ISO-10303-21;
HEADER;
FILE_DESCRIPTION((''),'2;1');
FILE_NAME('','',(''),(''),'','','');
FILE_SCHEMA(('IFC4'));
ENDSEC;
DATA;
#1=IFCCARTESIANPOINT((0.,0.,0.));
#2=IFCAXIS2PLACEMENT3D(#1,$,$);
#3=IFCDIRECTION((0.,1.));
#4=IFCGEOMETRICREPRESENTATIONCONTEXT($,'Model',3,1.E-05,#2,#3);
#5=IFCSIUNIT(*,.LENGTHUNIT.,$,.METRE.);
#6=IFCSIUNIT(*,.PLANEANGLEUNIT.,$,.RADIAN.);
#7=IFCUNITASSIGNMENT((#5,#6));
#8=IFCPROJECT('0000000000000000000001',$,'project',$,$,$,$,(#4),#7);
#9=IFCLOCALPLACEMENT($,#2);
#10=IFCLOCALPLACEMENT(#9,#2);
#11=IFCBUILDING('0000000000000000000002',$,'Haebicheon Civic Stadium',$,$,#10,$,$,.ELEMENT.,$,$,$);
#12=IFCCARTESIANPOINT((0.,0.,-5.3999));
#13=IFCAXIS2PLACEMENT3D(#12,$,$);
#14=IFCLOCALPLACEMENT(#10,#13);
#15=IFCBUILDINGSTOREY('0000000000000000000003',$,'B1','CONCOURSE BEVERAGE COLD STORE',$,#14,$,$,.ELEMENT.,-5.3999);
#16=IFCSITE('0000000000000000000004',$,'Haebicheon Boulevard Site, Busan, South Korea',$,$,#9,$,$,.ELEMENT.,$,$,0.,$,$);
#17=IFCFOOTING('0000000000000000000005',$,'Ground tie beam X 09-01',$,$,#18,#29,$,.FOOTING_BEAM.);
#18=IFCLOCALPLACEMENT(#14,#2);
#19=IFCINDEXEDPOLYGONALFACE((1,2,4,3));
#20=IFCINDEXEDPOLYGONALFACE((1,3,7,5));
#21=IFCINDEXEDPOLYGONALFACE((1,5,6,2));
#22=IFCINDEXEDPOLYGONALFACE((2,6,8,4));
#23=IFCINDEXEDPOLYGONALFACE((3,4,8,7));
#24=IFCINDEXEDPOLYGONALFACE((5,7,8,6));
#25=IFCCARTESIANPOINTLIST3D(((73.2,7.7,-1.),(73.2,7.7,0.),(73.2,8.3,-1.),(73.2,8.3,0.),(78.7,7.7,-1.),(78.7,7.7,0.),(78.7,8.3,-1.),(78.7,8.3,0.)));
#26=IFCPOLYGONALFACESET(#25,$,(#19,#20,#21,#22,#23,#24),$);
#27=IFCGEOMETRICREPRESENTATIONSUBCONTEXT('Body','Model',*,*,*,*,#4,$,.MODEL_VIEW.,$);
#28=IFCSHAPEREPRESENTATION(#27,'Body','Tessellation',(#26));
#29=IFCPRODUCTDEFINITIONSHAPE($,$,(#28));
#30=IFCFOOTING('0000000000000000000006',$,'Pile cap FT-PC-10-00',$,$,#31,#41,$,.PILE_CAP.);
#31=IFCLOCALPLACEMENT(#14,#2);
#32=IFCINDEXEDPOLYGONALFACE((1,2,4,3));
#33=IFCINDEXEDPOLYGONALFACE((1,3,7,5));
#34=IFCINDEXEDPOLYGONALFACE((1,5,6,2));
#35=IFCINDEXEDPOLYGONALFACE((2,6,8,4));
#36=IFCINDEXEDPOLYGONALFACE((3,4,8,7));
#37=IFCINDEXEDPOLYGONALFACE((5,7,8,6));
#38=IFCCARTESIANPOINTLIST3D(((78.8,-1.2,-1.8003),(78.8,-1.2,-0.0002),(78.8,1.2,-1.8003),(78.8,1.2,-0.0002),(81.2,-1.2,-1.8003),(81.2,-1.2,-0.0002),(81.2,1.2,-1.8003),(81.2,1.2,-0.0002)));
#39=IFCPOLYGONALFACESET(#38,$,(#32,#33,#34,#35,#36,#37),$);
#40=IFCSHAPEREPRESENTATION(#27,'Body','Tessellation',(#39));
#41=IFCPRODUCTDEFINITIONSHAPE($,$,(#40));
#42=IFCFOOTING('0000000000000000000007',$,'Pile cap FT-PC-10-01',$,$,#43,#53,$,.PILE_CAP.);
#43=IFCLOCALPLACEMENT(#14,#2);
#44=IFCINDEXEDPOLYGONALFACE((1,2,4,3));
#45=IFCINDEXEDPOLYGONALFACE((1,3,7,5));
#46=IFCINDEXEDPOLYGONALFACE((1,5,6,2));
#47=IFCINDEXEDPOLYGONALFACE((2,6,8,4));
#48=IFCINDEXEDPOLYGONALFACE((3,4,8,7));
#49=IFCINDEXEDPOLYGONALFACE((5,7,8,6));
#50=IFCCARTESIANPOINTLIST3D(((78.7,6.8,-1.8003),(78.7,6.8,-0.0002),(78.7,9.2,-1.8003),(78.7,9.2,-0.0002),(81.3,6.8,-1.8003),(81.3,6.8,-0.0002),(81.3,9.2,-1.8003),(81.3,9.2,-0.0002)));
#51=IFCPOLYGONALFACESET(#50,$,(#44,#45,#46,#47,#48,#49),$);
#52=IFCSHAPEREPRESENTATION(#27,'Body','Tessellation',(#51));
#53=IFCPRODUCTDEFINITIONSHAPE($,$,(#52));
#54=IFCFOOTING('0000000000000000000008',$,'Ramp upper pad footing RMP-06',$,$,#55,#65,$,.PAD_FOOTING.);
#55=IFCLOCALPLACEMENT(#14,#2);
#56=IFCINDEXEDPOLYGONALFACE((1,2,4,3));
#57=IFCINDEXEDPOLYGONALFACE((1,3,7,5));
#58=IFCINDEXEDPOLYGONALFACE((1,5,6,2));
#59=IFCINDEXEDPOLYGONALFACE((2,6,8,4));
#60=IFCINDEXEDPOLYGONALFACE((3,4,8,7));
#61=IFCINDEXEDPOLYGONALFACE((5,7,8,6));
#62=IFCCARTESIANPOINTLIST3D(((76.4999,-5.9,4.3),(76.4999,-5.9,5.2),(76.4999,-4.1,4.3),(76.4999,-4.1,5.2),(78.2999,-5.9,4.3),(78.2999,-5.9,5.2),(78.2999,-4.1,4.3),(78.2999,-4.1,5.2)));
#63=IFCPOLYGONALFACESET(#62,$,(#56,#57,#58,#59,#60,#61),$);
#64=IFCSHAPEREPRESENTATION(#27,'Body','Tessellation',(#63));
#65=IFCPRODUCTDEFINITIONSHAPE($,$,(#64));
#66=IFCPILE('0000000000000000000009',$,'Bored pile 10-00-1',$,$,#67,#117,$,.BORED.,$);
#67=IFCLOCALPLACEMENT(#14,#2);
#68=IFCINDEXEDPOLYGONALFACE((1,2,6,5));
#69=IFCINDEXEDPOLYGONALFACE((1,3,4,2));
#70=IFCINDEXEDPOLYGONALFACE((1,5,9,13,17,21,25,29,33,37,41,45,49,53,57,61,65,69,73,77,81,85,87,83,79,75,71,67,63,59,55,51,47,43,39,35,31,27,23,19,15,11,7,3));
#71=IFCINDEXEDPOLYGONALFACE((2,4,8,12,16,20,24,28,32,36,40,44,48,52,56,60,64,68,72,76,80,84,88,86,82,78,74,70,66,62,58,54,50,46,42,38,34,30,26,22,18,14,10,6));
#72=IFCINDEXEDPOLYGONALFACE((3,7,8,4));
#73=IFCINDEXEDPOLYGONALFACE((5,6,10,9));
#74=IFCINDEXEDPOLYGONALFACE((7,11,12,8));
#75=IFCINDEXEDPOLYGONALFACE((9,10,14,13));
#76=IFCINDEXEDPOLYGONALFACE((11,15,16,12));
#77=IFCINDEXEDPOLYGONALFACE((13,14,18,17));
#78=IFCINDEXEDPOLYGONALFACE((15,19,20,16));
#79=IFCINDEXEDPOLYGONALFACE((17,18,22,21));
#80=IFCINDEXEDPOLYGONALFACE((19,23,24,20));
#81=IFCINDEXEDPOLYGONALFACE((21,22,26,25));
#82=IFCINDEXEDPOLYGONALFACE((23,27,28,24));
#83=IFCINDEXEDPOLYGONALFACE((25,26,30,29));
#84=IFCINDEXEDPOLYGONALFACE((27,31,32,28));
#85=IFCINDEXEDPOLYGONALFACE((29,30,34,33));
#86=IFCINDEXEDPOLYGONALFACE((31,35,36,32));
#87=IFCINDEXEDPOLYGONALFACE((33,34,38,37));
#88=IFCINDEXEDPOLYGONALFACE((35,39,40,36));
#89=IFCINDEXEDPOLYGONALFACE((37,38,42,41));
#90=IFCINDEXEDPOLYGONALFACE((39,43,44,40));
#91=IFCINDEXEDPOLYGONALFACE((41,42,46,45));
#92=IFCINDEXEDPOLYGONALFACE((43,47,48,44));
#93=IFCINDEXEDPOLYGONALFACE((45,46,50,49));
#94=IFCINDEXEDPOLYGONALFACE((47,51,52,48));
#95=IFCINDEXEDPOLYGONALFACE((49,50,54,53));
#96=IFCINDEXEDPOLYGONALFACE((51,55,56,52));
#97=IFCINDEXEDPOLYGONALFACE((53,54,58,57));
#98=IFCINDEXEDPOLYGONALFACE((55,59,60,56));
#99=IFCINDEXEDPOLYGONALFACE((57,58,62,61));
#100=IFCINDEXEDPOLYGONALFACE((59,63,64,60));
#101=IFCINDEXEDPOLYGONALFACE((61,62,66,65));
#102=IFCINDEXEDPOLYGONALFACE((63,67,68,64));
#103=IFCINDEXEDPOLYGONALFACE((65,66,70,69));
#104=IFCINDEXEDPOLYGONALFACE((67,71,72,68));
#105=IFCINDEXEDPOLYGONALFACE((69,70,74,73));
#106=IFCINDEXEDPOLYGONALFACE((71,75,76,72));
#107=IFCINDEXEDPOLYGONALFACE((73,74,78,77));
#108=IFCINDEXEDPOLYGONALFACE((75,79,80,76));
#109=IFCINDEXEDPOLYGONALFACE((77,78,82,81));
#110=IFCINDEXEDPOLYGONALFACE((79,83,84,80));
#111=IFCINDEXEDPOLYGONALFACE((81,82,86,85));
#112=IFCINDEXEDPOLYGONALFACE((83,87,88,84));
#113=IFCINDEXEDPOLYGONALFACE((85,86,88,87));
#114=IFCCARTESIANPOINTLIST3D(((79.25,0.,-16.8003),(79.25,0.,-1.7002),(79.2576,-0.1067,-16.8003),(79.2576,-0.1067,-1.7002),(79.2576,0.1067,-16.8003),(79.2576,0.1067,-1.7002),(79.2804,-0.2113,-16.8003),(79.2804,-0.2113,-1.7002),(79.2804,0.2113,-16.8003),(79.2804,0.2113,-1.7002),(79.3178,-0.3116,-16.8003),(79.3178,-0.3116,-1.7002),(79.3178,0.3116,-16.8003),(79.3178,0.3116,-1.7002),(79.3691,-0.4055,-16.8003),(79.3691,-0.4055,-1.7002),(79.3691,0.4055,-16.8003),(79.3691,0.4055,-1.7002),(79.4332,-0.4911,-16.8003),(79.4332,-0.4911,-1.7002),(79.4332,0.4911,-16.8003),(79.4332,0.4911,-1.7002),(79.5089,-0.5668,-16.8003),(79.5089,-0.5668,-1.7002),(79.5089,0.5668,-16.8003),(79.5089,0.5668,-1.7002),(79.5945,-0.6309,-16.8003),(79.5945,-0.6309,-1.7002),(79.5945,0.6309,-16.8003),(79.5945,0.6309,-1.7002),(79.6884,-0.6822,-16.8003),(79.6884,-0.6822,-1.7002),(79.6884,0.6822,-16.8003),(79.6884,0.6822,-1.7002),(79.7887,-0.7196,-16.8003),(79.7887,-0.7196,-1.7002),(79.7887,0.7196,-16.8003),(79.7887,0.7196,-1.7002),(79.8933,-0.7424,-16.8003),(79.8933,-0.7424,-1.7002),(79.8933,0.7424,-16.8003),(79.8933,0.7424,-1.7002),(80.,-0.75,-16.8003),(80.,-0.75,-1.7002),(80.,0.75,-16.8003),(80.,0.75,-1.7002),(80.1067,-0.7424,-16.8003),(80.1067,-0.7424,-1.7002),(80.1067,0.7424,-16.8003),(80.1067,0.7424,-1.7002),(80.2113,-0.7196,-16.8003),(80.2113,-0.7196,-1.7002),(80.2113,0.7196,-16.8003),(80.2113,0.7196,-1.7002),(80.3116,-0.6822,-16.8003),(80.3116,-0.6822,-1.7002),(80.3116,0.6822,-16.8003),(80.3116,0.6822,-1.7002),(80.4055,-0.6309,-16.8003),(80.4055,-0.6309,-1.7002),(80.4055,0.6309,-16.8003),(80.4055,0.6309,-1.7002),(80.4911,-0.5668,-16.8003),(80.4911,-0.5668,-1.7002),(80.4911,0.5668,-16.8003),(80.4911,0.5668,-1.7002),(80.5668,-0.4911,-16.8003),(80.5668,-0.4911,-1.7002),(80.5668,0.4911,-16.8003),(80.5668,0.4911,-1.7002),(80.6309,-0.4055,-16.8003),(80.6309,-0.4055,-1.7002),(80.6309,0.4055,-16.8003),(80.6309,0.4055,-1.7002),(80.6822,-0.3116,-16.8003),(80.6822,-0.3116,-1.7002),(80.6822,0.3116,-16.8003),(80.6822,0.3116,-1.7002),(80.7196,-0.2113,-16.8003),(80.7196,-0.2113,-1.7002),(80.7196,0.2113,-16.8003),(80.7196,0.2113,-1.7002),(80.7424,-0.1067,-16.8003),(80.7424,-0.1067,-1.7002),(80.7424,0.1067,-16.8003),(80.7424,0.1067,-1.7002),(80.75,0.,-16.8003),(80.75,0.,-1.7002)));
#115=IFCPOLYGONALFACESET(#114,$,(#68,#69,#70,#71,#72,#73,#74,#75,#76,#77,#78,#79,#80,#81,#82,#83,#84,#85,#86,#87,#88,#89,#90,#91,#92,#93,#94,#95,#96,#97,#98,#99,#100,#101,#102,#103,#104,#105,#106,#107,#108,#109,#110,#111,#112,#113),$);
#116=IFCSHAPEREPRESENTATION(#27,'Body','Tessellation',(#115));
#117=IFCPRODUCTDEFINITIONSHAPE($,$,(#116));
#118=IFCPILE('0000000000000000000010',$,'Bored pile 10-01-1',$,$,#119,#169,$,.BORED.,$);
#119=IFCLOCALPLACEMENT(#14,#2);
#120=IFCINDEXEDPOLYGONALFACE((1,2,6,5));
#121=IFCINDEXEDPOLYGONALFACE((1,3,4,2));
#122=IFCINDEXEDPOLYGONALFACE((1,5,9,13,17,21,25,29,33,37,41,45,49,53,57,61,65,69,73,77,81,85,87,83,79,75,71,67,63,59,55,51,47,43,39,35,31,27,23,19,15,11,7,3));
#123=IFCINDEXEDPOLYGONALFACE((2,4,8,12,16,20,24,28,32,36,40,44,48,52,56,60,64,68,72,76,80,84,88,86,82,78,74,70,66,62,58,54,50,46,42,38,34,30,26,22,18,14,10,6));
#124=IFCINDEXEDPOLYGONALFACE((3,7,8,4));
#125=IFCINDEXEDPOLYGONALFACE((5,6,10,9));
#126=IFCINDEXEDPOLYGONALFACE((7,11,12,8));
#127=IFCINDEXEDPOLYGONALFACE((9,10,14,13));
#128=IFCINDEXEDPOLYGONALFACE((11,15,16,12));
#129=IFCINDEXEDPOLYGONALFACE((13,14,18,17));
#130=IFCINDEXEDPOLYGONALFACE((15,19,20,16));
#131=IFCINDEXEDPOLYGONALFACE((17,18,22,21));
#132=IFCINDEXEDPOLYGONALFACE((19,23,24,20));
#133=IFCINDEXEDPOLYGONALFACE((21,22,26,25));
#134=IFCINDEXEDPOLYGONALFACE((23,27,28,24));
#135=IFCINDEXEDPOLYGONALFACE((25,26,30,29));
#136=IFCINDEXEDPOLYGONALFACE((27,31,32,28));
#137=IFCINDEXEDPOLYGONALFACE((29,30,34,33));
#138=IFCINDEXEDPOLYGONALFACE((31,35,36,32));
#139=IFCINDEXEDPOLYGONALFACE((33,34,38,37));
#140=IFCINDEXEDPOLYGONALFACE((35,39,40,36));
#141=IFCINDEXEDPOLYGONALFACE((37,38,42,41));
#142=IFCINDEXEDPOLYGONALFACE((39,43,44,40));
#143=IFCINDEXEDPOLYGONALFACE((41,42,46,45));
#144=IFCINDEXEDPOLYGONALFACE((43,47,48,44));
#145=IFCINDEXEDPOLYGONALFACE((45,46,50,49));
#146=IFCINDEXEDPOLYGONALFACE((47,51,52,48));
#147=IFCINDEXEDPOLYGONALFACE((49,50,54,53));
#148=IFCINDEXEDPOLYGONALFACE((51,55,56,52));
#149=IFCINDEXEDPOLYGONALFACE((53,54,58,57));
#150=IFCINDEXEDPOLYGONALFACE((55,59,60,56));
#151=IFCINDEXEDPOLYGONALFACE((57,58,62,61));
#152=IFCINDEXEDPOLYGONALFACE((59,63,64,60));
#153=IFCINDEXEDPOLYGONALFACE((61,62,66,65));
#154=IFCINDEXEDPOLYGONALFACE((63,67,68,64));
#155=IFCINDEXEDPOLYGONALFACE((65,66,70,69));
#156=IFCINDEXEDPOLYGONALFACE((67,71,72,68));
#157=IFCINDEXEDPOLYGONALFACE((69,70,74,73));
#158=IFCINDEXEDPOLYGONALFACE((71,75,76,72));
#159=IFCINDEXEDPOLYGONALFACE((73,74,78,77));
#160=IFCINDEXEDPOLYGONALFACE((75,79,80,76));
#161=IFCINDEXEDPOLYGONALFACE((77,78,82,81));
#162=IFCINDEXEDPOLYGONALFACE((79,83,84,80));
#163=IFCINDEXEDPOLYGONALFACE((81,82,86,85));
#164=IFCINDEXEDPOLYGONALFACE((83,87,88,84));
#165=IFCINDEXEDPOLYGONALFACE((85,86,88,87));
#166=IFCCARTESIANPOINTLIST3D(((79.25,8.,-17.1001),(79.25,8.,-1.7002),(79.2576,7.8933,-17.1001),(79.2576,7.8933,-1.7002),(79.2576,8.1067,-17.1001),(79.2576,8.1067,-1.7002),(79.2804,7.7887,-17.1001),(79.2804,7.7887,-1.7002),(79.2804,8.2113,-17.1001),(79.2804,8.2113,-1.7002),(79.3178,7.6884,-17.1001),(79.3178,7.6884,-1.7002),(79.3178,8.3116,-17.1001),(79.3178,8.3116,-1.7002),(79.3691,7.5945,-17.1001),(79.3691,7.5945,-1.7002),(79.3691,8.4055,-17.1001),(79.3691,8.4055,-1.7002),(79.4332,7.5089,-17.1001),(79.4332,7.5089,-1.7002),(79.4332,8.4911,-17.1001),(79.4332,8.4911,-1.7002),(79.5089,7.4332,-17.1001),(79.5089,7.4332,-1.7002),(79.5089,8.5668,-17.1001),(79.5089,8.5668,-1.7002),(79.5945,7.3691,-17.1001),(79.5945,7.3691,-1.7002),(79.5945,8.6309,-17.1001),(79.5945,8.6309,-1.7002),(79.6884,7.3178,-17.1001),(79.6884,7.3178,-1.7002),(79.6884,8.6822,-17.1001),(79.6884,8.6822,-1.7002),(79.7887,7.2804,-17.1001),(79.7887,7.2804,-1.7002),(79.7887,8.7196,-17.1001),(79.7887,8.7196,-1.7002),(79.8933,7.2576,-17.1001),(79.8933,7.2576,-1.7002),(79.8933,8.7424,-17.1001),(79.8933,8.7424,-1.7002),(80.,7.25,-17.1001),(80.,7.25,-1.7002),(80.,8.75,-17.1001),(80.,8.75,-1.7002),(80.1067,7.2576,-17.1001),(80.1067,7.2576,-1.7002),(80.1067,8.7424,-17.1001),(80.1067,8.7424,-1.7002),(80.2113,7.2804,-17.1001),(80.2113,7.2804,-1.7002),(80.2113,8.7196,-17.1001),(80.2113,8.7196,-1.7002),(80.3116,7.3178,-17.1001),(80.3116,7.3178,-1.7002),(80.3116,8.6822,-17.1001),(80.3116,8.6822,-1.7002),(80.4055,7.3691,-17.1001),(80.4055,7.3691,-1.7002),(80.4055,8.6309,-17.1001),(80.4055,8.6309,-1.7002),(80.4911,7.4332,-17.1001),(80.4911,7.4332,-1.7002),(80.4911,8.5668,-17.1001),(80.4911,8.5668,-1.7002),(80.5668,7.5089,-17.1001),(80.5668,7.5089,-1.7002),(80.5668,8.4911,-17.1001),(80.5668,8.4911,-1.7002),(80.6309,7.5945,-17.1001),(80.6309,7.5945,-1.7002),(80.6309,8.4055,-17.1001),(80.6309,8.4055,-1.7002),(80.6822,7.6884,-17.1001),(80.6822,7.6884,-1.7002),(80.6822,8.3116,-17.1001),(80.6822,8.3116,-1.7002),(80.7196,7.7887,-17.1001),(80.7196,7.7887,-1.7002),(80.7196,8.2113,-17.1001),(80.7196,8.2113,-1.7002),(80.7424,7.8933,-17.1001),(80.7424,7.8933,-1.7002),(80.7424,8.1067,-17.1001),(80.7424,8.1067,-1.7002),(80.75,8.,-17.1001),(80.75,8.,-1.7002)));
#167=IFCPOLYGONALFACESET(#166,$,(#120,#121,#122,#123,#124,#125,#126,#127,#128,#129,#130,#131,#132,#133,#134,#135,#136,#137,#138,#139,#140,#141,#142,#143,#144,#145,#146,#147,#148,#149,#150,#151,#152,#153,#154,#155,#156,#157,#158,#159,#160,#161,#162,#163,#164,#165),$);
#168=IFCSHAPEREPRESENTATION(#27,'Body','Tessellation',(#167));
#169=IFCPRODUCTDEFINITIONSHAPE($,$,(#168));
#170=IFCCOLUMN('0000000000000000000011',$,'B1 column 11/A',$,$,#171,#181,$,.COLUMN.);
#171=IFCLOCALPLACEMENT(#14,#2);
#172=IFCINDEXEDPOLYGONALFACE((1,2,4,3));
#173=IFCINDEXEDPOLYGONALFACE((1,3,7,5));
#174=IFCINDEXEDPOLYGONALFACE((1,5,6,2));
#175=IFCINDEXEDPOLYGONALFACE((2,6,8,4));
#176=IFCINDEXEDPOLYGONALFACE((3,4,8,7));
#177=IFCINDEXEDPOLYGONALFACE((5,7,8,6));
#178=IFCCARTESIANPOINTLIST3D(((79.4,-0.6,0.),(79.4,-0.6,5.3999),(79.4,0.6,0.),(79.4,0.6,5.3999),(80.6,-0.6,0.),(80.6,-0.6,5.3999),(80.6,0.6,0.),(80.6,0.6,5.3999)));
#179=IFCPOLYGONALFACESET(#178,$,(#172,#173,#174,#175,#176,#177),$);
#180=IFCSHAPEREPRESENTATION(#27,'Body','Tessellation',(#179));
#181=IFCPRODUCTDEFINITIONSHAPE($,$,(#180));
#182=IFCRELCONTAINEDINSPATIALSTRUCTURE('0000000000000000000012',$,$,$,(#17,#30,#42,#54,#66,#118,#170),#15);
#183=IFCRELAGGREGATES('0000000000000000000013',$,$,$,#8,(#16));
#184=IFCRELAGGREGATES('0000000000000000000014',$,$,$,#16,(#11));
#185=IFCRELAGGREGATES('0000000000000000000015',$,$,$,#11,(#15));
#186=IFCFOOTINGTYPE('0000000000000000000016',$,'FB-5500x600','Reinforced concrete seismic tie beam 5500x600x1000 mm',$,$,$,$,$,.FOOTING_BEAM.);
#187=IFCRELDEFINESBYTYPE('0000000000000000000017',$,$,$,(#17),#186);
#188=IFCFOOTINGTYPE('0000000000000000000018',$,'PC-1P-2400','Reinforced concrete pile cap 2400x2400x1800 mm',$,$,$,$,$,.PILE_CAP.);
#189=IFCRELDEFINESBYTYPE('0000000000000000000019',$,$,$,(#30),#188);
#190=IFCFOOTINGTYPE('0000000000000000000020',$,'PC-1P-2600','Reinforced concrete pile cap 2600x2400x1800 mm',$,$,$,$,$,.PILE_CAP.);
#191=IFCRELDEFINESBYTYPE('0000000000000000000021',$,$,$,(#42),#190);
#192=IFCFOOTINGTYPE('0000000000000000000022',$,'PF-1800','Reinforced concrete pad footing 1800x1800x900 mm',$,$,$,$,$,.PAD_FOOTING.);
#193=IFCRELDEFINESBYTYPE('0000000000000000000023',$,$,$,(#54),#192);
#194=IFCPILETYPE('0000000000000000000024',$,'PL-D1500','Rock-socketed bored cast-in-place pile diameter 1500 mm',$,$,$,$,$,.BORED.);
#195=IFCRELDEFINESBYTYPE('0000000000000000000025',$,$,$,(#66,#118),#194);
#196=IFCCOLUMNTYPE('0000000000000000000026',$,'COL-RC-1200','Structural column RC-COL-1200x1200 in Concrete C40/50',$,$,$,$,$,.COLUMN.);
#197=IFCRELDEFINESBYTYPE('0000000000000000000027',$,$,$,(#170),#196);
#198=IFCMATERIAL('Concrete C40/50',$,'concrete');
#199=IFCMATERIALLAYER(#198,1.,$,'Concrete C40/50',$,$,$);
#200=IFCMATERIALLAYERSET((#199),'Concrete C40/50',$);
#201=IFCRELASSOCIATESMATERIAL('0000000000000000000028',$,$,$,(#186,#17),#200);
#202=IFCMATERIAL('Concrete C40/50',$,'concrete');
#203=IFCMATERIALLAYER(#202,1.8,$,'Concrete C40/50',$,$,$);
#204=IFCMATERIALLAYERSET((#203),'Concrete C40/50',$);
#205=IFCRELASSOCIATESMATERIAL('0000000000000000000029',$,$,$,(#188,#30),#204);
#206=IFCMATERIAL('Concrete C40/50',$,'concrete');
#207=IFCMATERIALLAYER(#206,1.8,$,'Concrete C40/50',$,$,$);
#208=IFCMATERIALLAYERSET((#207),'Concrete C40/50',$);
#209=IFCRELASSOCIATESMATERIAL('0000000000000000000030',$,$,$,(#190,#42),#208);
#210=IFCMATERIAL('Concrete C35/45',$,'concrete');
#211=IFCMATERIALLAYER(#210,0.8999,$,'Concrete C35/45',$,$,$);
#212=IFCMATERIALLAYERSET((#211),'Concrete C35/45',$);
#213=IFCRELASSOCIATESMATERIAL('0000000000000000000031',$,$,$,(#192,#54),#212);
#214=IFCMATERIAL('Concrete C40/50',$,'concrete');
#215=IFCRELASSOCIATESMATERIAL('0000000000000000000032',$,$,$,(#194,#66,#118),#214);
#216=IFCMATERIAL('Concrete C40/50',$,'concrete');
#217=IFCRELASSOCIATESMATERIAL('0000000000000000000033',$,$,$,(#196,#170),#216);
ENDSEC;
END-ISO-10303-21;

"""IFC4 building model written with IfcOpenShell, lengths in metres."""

from ifc_helpers import new_model, si_unit, direction, frame, origin, origin_2d, place, context, subcontext, project, spatial, rectangle, circle, extrude, material, layer, layer_set, material_profile, profile_set, type_object, element, save


model = new_model("IFC4")

# Units and contexts
model_context = context("Model", 3, precision=1e-05, world=origin(), true_north=direction((0.0, 1.0)))
body_context = subcontext(model_context, "Body", "Model", "MODEL_VIEW")
ifc_project = project(units=[si_unit("LENGTHUNIT", "METRE"), si_unit("PLANEANGLEUNIT", "RADIAN")], contexts=[model_context])

# Site, building, storey
site_placement = place(None, origin())
site = spatial("IfcSite", under=ifc_project, at=site_placement, Name="Haebicheon Boulevard Site, Busan, South Korea", CompositionType="ELEMENT", RefElevation=0.0)
building_placement = place(site_placement, origin())
building = spatial("IfcBuilding", under=site, at=building_placement, Name="Haebicheon Civic Stadium", CompositionType="ELEMENT")
storey_placement = place(building_placement, frame((0.0, 0.0, -5.3999)))
storey = spatial("IfcBuildingStorey", under=building, at=storey_placement, Name="B1", Description="CONCOURSE BEVERAGE COLD STORE", CompositionType="ELEMENT", Elevation=-5.3999)

# Footings
ifc_material_1 = material(Name="Concrete C40/50", Category="concrete")
ifc_layer_1 = layer(ifc_material_1, 1.0, Name="Concrete C40/50")
ifc_layer_set_1 = layer_set([ifc_layer_1], Name="Concrete C40/50")
footing_type_1 = type_object("IfcFootingType", Name="FB-5500x600", Description="Reinforced concrete seismic tie beam 5500x600x1000 mm", PredefinedType="FOOTING_BEAM", material=ifc_layer_set_1)
footing_1_placement = place(storey_placement, frame((75.95, 8.0, -1.0), z_axis=(0.0, 0.0, 1.0), x_axis=(1.0, 0.0, 0.0)))
element("IfcFooting", 1, at=footing_1_placement, inside=storey, type_object=footing_type_1, material=ifc_layer_set_1, Name="Ground tie beam X 09-01", PredefinedType="FOOTING_BEAM", context=body_context, shape_type="SweptSolid", body=[
    extrude(rectangle(XDim=5.5, YDim=0.6001, at=origin_2d()), origin(), (0.0, 0.0, 1.0), 1.0),
])
ifc_material_2 = material(Name="Concrete C40/50", Category="concrete")
ifc_layer_2 = layer(ifc_material_2, 1.8, Name="Concrete C40/50")
ifc_layer_set_2 = layer_set([ifc_layer_2], Name="Concrete C40/50")
footing_type_2 = type_object("IfcFootingType", Name="PC-1P-2400", Description="Reinforced concrete pile cap 2400x2400x1800 mm", PredefinedType="PILE_CAP", material=ifc_layer_set_2)
footing_2_placement = place(storey_placement, frame((80.0, 0.0, -1.8003), z_axis=(0.0, 0.0, 1.0), x_axis=(1.0, 0.0, 0.0)))
element("IfcFooting", 2, at=footing_2_placement, inside=storey, type_object=footing_type_2, material=ifc_layer_set_2, Name="Pile cap FT-PC-10-00", PredefinedType="PILE_CAP", context=body_context, shape_type="SweptSolid", body=[
    extrude(rectangle(XDim=2.3999, YDim=2.3999, at=origin_2d()), origin(), (0.0, 0.0, 1.0), 1.8),
])
ifc_material_3 = material(Name="Concrete C40/50", Category="concrete")
ifc_layer_3 = layer(ifc_material_3, 1.8, Name="Concrete C40/50")
ifc_layer_set_3 = layer_set([ifc_layer_3], Name="Concrete C40/50")
footing_type_3 = type_object("IfcFootingType", Name="PC-1P-2600", Description="Reinforced concrete pile cap 2600x2400x1800 mm", PredefinedType="PILE_CAP", material=ifc_layer_set_3)
footing_3_placement = place(storey_placement, frame((80.0, 8.0, -1.8003), z_axis=(0.0, 0.0, 1.0), x_axis=(1.0, 0.0, 0.0)))
element("IfcFooting", 3, at=footing_3_placement, inside=storey, type_object=footing_type_3, material=ifc_layer_set_3, Name="Pile cap FT-PC-10-01", PredefinedType="PILE_CAP", context=body_context, shape_type="SweptSolid", body=[
    extrude(rectangle(XDim=2.6001, YDim=2.3999, at=origin_2d()), origin(), (0.0, 0.0, 1.0), 1.8),
])
ifc_material_4 = material(Name="Concrete C35/45", Category="concrete")
ifc_layer_4 = layer(ifc_material_4, 0.8999, Name="Concrete C35/45")
ifc_layer_set_4 = layer_set([ifc_layer_4], Name="Concrete C35/45")
footing_type_4 = type_object("IfcFootingType", Name="PF-1800", Description="Reinforced concrete pad footing 1800x1800x900 mm", PredefinedType="PAD_FOOTING", material=ifc_layer_set_4)
footing_4_placement = place(storey_placement, frame((77.3999, -5.0, 4.3), z_axis=(0.0, 0.0, 1.0), x_axis=(1.0, 0.0, 0.0)))
element("IfcFooting", 4, at=footing_4_placement, inside=storey, type_object=footing_type_4, material=ifc_layer_set_4, Name="Ramp upper pad footing RMP-06", PredefinedType="PAD_FOOTING", context=body_context, shape_type="SweptSolid", body=[
    extrude(rectangle(XDim=1.8, YDim=1.8, at=origin_2d()), origin(), (0.0, 0.0, 1.0), 0.8999),
])

# Piles
ifc_material_5 = material(Name="Concrete C40/50", Category="concrete")
ifc_material_profile_1 = material_profile(ifc_material_5, circle(Radius=0.75, at=origin_2d()), Name="PILE-D1500")
ifc_profile_set_1 = profile_set([ifc_material_profile_1], Name="Concrete C40/50")
pile_type = type_object("IfcPileType", Name="PL-D1500", Description="Rock-socketed bored cast-in-place pile diameter 1500 mm", PredefinedType="BORED", material=ifc_profile_set_1)
pile_1_placement = place(storey_placement, frame((80.0, 0.0, -1.7002), z_axis=(0.0, 0.0, -1.0), x_axis=(1.0, 0.0, 0.0)))
element("IfcPile", 5, at=pile_1_placement, inside=storey, type_object=pile_type, material=ifc_profile_set_1, Name="Bored pile 10-00-1", PredefinedType="BORED", context=body_context, shape_type="SweptSolid", body=[
    extrude(circle(Radius=0.75, at=origin_2d()), origin(), (0.0, 0.0, 1.0), 15.1001),
])
pile_2_placement = place(storey_placement, frame((80.0, 8.0, -1.7002), z_axis=(0.0, 0.0, -1.0), x_axis=(1.0, 0.0, 0.0)))
element("IfcPile", 6, at=pile_2_placement, inside=storey, type_object=pile_type, material=ifc_profile_set_1, Name="Bored pile 10-01-1", PredefinedType="BORED", context=body_context, shape_type="SweptSolid", body=[
    extrude(circle(Radius=0.75, at=origin_2d()), origin(), (0.0, 0.0, 1.0), 15.3999),
])

# Column
ifc_material_6 = material(Name="Concrete C40/50", Category="concrete")
ifc_material_profile_2 = material_profile(ifc_material_6, rectangle(XDim=1.2, YDim=1.2, at=origin_2d()), Name="RC-COL-1200x1200")
ifc_profile_set_2 = profile_set([ifc_material_profile_2], Name="Concrete C40/50")
column_type = type_object("IfcColumnType", Name="COL-RC-1200", Description="Structural column RC-COL-1200x1200 in Concrete C40/50", PredefinedType="COLUMN", material=ifc_profile_set_2)
for number, where, z_axis, x_axis, name in (
    (7, (80.0, 0.0, 0.0), (0.0, 0.0, 1.0), (1.0, 0.0, 0.0), "B1 column 11/A"),
):
    element("IfcColumn", number, at=place(storey_placement, frame(where, z_axis=z_axis, x_axis=x_axis)), inside=storey, type_object=column_type, material=ifc_profile_set_2, Name=name, PredefinedType="COLUMN", context=body_context, shape_type="SweptSolid", body=[
        extrude(rectangle(XDim=1.2, YDim=1.2, at=origin_2d()), origin(), (0.0, 0.0, 1.0), 5.3999),
    ])

save(model, "model.ifc")
